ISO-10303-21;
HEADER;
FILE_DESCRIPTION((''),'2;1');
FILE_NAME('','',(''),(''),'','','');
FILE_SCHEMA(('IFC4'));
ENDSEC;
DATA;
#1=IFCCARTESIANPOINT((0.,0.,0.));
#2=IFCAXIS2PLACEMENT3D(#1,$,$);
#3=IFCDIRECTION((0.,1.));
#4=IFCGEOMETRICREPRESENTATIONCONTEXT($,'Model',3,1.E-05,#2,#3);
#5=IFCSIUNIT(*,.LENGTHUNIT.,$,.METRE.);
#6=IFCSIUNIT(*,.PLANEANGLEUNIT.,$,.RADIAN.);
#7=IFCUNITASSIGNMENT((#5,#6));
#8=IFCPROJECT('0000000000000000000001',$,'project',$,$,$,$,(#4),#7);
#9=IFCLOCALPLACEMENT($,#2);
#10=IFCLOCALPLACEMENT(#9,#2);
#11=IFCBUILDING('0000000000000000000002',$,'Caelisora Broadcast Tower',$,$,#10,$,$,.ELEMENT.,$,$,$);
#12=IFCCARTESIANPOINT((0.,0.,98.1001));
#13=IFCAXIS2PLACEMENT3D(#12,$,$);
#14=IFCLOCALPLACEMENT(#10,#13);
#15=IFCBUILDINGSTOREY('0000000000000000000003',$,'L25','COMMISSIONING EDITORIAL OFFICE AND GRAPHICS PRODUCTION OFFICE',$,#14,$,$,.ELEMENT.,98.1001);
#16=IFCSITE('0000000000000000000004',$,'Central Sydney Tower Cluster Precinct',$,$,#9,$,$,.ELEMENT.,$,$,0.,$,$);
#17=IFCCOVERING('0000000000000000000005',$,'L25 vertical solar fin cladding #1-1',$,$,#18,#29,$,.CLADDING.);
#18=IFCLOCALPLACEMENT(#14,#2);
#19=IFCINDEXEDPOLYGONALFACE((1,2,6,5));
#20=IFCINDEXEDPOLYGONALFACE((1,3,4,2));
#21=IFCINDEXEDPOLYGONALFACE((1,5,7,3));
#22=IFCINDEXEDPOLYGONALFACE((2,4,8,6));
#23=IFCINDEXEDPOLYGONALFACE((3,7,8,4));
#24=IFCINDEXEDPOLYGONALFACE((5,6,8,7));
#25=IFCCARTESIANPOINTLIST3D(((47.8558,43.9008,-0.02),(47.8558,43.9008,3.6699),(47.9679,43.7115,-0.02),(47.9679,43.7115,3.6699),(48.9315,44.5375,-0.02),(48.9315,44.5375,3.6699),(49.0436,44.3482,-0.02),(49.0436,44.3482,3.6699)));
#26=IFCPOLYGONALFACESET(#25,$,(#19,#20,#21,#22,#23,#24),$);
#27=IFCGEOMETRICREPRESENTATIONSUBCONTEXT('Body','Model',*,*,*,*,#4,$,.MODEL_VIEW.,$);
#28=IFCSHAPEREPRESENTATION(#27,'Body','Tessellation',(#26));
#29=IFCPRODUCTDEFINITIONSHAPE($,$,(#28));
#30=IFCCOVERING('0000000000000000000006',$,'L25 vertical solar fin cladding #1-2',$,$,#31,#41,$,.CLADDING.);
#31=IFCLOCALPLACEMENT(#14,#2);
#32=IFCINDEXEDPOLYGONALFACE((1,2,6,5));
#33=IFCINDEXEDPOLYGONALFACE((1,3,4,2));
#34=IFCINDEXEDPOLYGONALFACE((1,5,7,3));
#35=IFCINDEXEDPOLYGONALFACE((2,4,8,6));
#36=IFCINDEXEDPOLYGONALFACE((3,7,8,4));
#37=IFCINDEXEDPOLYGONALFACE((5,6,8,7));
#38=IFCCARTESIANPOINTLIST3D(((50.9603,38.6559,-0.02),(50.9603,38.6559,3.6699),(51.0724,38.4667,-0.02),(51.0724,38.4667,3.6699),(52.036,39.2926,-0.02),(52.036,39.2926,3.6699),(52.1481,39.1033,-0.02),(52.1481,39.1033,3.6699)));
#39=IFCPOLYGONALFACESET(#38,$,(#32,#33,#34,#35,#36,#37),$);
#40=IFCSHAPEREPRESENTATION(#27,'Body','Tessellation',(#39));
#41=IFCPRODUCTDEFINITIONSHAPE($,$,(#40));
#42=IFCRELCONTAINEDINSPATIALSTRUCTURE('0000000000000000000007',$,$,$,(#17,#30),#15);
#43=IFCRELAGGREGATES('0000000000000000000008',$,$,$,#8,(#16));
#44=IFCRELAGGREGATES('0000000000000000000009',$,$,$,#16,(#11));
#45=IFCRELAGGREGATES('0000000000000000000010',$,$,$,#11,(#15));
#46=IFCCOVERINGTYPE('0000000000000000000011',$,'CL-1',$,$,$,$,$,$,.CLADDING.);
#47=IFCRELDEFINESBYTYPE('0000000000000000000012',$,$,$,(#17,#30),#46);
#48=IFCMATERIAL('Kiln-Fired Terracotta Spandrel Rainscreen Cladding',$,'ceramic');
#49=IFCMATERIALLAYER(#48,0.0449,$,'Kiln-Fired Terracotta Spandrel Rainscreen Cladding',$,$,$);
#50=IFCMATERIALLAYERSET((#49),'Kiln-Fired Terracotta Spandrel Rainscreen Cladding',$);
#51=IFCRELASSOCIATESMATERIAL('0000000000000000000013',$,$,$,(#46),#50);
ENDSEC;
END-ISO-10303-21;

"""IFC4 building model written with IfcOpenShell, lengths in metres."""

from ifc_helpers import new_model, si_unit, direction, frame, origin, origin_2d, place, context, subcontext, project, spatial, rectangle, extrude, source, transform, mapped, material, layer, layer_set, type_object, type_shapes, element, save


model = new_model("IFC4")

# Units and contexts
model_context = context("Model", 3, precision=1e-05, world=origin(), true_north=direction((0.0, 1.0)))
body_context = subcontext(model_context, "Body", "Model", "MODEL_VIEW")
ifc_project = project(units=[si_unit("LENGTHUNIT", "METRE"), si_unit("PLANEANGLEUNIT", "RADIAN")], contexts=[model_context])

# Site, building, storey
site_placement = place(None, origin())
site = spatial("IfcSite", under=ifc_project, at=site_placement, Name="Central Sydney Tower Cluster Precinct", CompositionType="ELEMENT", RefElevation=0.0)
building_placement = place(site_placement, origin())
building = spatial("IfcBuilding", under=site, at=building_placement, Name="Caelisora Broadcast Tower", CompositionType="ELEMENT")
storey_placement = place(building_placement, frame((0.0, 0.0, 98.1001)))
storey = spatial("IfcBuildingStorey", under=building, at=storey_placement, Name="L25", Description="COMMISSIONING EDITORIAL OFFICE AND GRAPHICS PRODUCTION OFFICE", CompositionType="ELEMENT", Elevation=98.1001)

# Coverings
ifc_material_1 = material(Name="Kiln-Fired Terracotta Spandrel Rainscreen Cladding", Category="ceramic")
ifc_layer_1 = layer(ifc_material_1, 0.0449, Name="Kiln-Fired Terracotta Spandrel Rainscreen Cladding")
ifc_layer_set_1 = layer_set([ifc_layer_1], Name="Kiln-Fired Terracotta Spandrel Rainscreen Cladding")
covering_type = type_object("IfcCoveringType", Name="CL-1", PredefinedType="CLADDING", material=ifc_layer_set_1)
shared_shape_1 = source(origin(), body_context, "Body", "SweptSolid", [
    extrude(rectangle(XDim=0.22, YDim=1.25, at=origin_2d()), origin(), (0.0, 0.0, 1.0), 3.6899),
])
type_shapes(covering_type, [shared_shape_1])
for number, where, z_axis, x_axis, name in (
    (1, (48.4497, 44.1245, -0.02), (0.0, 0.0, 1.0), (0.509342, -0.860564, 0.0), "L25 vertical solar fin cladding #1-1"),
    (2, (51.5542, 38.8796, -0.02), (0.0, 0.0, 1.0), (0.509342, -0.860564, 0.0), "L25 vertical solar fin cladding #1-2"),
):
    element("IfcCovering", number, at=place(storey_placement, frame(where, z_axis=z_axis, x_axis=x_axis)), inside=storey, type_object=covering_type, Name=name, PredefinedType="CLADDING", context=body_context, shape_type="MappedRepresentation", body=[
        mapped(shared_shape_1, transform((0.0, 0.0, 0.0), scale=1.0)),
    ])

save(model, "model.ifc")
